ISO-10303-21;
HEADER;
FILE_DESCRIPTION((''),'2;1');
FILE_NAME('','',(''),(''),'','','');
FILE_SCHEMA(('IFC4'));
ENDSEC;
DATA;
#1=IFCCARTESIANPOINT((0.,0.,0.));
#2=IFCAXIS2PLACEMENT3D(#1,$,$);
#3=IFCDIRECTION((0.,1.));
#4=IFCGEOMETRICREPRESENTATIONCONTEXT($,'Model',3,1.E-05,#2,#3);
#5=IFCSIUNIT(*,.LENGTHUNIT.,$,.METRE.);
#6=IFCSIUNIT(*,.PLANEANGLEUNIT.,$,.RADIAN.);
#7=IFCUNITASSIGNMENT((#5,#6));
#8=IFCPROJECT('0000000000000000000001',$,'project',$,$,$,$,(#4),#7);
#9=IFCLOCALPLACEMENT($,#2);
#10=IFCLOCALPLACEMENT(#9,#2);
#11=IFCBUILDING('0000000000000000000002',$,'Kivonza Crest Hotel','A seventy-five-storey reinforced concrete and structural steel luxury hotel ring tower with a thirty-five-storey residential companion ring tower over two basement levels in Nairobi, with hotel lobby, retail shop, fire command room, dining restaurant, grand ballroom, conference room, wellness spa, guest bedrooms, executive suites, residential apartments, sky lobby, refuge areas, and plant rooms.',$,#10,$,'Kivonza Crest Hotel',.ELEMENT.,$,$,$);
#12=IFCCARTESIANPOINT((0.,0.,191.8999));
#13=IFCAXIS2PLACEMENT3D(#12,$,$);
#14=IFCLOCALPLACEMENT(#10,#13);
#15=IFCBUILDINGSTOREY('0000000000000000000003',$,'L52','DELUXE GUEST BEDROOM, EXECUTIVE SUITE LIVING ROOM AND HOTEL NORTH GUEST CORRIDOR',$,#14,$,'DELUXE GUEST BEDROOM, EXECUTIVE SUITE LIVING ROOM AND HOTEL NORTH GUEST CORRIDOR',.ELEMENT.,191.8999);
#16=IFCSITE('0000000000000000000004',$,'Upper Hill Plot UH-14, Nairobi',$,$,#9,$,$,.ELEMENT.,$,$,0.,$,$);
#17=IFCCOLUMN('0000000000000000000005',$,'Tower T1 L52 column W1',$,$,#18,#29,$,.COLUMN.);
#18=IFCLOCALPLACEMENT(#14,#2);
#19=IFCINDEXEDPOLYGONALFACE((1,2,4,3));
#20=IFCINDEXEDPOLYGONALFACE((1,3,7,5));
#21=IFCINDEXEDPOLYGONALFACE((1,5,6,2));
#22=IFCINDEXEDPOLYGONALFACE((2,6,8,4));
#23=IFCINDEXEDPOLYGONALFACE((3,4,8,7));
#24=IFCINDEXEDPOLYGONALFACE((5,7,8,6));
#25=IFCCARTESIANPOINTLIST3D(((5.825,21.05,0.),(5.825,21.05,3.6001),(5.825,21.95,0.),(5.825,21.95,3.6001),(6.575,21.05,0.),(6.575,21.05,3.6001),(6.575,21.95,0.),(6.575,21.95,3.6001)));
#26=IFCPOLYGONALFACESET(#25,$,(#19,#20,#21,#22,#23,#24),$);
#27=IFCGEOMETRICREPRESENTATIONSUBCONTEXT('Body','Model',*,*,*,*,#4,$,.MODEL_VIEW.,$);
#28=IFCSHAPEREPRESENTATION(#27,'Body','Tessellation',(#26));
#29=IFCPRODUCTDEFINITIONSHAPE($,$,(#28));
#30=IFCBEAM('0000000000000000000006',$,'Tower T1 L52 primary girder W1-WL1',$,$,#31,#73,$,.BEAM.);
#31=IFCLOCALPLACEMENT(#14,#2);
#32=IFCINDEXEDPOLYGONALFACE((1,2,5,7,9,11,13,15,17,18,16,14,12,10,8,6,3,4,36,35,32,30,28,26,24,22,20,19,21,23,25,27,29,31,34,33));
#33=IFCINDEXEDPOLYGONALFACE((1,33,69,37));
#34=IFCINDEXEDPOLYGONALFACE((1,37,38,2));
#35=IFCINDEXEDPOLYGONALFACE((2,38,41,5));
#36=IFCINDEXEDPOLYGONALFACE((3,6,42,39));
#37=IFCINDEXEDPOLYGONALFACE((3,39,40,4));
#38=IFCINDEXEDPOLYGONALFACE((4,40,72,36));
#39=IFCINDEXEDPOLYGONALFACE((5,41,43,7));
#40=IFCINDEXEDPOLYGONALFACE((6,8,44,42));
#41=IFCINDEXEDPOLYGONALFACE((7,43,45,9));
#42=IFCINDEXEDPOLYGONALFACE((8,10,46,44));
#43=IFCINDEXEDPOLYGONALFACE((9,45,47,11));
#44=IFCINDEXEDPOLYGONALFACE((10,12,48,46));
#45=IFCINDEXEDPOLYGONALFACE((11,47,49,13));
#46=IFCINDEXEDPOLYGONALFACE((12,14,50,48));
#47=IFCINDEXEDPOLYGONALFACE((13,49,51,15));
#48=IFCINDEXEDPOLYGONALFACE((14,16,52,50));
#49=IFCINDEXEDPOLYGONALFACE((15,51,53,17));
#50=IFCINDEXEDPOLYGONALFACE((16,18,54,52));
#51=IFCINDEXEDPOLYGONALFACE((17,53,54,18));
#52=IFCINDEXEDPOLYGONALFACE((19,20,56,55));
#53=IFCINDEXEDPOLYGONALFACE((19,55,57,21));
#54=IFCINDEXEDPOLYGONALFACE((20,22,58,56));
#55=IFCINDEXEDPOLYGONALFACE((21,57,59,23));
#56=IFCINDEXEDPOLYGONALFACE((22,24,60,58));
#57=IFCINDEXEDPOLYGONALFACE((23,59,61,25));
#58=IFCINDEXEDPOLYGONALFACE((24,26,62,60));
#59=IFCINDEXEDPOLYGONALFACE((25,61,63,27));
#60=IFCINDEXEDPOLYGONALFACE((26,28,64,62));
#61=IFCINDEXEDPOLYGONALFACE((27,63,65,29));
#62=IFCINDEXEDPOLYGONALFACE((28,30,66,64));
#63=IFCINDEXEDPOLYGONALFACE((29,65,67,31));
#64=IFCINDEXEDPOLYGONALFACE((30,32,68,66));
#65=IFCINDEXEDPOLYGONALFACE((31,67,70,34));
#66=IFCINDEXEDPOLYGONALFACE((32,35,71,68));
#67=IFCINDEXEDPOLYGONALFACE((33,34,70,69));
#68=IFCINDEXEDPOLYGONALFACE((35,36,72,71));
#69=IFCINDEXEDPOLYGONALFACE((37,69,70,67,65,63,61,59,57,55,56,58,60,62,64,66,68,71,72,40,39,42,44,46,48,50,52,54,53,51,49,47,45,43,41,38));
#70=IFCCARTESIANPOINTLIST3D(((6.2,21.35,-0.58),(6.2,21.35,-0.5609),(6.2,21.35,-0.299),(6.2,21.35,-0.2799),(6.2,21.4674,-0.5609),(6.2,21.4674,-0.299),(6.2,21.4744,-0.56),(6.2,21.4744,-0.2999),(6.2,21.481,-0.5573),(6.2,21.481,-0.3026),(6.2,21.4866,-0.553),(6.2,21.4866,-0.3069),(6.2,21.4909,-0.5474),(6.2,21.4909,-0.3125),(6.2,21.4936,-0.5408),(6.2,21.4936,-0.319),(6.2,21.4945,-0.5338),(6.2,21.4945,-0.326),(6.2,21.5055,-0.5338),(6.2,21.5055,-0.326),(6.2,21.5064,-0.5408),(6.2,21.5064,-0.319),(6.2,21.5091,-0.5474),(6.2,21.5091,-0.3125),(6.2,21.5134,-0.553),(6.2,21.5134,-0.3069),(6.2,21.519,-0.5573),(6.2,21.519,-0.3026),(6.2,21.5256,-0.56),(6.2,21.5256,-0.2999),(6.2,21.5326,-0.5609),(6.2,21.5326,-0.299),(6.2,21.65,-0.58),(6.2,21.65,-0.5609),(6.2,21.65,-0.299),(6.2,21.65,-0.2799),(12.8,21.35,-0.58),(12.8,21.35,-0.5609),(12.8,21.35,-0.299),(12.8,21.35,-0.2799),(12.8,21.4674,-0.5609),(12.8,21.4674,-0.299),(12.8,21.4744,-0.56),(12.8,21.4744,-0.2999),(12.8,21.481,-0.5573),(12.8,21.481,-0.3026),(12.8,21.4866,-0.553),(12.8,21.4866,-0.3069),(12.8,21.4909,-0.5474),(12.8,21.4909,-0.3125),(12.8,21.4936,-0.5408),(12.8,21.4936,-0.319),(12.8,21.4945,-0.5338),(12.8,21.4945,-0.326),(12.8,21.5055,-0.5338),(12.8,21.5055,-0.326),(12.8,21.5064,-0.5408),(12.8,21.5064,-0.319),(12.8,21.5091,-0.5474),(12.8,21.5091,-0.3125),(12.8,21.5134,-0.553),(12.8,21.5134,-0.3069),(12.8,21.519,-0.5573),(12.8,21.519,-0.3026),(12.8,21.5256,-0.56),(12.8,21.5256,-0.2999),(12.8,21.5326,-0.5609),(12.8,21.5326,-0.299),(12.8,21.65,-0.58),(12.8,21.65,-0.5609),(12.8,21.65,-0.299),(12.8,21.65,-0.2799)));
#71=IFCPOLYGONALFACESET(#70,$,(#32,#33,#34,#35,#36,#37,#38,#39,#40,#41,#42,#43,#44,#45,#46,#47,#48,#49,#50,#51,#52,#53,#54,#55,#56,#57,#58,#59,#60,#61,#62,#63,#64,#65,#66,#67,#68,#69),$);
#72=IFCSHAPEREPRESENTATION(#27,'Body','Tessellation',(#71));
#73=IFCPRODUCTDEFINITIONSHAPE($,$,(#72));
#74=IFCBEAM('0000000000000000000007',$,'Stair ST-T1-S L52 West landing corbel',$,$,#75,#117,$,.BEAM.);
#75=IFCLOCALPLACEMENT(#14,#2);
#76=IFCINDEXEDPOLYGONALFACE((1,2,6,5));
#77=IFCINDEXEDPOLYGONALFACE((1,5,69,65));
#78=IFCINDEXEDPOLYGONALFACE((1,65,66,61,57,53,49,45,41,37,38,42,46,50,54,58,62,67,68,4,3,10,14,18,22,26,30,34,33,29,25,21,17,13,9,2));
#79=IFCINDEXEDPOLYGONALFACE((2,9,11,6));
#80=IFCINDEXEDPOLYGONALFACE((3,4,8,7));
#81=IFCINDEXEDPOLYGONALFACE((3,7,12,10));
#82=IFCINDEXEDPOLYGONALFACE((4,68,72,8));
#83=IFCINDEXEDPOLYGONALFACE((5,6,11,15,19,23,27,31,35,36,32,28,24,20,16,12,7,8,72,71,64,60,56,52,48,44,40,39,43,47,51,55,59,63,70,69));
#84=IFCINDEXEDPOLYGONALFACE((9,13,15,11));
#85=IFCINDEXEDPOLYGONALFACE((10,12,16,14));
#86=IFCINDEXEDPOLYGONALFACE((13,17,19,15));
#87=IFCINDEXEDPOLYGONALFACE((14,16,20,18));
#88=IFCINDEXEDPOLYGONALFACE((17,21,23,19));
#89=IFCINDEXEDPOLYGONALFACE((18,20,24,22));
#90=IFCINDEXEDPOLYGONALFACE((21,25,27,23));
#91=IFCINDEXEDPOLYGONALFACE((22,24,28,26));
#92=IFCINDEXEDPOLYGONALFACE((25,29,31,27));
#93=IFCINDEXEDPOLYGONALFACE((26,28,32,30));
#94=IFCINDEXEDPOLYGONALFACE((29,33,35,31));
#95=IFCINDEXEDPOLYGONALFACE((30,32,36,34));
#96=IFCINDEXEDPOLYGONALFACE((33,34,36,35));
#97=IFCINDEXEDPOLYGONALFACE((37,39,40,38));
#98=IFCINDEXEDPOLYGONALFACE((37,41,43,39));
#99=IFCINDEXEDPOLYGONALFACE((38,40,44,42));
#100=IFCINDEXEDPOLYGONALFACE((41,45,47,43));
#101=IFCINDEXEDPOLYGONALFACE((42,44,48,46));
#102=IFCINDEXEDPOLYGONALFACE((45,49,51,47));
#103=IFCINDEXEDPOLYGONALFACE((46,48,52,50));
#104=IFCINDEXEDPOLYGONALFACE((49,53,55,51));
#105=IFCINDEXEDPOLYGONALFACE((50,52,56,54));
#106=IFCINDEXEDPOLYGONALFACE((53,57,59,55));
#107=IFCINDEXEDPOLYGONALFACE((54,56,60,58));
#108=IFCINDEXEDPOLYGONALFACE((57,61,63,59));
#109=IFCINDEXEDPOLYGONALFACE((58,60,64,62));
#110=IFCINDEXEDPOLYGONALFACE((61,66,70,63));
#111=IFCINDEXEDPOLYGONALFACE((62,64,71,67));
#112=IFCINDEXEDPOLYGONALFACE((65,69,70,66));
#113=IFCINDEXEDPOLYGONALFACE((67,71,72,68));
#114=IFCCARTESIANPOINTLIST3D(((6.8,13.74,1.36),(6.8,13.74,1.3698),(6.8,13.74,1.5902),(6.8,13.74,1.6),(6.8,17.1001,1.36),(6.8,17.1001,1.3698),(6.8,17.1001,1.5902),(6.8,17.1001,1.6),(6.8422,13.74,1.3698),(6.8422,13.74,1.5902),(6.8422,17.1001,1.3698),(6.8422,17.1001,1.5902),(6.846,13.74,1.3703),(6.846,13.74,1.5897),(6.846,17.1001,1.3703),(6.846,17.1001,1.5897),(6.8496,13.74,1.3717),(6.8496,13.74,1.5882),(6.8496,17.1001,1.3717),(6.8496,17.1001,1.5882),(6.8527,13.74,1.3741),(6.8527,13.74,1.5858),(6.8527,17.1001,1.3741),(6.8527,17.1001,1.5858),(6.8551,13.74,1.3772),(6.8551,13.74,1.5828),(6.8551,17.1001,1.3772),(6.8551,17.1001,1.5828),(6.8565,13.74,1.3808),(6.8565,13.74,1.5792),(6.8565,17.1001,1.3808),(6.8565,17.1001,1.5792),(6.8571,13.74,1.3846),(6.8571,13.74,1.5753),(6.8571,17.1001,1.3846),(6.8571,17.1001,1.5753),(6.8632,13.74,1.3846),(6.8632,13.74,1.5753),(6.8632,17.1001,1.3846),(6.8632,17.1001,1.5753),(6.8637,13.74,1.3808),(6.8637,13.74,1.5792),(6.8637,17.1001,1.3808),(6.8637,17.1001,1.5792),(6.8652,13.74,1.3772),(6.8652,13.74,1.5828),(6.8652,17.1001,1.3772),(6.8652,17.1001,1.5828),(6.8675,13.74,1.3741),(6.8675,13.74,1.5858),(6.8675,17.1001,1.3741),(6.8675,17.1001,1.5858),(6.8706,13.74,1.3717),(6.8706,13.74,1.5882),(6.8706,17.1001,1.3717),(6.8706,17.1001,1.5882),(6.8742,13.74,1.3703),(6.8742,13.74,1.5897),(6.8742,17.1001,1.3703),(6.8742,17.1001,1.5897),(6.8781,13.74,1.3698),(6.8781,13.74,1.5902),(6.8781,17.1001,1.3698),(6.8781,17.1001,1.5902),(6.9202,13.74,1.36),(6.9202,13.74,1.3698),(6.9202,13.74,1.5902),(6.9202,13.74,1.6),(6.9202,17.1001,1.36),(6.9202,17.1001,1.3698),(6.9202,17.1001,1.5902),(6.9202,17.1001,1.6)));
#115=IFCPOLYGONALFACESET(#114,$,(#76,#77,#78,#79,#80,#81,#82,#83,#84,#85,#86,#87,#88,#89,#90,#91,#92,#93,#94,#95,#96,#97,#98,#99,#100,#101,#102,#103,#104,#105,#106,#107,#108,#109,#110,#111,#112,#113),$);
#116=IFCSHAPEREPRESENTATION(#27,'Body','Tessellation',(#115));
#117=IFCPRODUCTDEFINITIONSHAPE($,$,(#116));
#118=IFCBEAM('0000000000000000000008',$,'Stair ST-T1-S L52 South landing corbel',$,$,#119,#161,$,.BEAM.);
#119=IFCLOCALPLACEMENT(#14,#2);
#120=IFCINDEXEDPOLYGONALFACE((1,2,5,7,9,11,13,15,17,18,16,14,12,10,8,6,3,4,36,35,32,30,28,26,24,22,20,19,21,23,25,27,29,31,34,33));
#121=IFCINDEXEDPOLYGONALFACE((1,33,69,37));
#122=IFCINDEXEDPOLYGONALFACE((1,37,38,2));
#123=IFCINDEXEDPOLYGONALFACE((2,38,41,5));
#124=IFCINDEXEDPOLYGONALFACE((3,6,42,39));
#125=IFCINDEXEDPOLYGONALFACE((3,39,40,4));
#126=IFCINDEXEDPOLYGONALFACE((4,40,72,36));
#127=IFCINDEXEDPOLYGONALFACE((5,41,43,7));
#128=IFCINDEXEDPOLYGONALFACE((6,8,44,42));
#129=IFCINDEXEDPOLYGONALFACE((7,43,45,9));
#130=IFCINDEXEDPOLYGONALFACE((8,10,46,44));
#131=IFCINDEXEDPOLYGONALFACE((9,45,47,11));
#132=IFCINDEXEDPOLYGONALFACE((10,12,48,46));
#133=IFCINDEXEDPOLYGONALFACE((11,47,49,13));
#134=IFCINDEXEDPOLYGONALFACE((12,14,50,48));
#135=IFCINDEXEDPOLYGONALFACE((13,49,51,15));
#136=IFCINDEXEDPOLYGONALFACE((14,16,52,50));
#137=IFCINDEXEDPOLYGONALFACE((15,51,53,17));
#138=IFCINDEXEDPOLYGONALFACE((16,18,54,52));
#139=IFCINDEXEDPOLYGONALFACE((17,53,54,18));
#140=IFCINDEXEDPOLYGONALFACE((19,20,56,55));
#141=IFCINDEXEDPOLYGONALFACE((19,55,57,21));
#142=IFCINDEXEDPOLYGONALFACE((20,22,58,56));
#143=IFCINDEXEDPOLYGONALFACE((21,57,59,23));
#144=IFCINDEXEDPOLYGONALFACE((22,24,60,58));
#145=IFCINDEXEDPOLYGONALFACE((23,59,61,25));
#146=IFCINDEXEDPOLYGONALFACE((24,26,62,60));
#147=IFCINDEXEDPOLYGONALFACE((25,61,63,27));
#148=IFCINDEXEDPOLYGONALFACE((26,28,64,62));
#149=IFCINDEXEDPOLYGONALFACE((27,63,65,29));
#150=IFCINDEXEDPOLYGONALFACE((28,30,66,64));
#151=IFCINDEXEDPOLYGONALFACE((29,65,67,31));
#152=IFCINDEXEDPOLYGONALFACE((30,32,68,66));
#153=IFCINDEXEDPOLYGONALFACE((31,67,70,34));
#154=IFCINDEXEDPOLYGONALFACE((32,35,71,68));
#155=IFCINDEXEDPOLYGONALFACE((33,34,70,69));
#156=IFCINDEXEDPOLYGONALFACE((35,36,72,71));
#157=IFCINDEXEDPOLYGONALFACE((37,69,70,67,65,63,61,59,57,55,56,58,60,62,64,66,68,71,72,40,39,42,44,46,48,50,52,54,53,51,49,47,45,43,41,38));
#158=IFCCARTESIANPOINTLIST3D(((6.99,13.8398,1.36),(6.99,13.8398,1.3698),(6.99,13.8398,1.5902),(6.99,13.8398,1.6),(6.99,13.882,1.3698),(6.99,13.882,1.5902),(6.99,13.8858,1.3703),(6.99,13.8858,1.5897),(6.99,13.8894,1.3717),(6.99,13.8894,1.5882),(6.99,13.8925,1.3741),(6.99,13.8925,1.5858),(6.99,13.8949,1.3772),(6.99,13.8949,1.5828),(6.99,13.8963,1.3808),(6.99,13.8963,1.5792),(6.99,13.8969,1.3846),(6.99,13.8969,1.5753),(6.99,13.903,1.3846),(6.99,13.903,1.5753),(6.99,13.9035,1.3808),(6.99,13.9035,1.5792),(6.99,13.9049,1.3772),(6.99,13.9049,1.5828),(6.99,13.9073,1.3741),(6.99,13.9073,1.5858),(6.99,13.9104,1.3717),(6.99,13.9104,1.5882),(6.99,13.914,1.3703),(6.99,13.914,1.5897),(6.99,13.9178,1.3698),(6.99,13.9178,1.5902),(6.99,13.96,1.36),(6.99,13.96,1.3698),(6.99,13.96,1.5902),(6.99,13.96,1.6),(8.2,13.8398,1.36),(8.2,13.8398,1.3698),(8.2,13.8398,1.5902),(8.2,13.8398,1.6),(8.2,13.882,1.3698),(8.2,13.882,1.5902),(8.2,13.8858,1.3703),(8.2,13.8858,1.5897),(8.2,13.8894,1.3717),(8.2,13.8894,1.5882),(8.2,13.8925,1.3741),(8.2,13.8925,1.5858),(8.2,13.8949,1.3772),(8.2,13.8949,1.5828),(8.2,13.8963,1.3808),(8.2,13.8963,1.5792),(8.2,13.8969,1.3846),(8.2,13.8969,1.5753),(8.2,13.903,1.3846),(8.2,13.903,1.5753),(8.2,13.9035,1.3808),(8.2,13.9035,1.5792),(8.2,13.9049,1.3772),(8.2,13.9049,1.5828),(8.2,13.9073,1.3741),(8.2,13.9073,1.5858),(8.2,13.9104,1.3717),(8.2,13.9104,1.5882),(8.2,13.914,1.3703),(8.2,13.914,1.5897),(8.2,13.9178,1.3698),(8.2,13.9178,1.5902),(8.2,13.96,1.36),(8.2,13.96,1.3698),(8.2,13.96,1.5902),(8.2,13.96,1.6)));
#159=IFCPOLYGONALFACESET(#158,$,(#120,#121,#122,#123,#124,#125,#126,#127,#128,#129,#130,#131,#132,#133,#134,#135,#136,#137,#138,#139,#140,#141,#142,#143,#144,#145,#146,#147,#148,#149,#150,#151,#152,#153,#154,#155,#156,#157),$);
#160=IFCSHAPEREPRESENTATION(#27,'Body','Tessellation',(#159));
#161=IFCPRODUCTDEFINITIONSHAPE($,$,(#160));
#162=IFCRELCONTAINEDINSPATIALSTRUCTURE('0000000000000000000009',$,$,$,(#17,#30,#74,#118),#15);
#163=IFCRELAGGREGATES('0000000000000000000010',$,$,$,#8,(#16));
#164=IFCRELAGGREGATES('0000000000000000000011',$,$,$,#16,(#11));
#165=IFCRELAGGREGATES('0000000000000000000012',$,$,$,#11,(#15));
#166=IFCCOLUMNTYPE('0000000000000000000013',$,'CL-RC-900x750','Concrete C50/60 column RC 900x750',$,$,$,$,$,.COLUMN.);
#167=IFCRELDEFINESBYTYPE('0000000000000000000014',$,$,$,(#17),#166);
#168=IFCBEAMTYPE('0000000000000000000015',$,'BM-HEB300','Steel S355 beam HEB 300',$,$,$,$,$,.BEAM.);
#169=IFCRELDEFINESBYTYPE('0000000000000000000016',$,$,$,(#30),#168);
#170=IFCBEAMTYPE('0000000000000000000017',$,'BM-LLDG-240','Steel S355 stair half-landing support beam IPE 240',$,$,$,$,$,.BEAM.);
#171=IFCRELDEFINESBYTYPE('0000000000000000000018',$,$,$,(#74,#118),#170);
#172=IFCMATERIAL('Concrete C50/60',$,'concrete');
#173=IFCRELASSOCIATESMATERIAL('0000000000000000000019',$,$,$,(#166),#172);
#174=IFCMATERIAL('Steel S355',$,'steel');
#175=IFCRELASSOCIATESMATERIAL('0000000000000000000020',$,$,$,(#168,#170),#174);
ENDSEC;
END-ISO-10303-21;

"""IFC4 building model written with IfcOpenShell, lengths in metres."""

from ifc_helpers import new_model, si_unit, direction, frame, origin, origin_2d, place, context, subcontext, project, spatial, rectangle, i_section, extrude, material, material_profile, profile_set, type_object, element, save


model = new_model("IFC4")

# Units and contexts
model_context = context("Model", 3, precision=1e-05, world=origin(), true_north=direction((0.0, 1.0)))
body_context = subcontext(model_context, "Body", "Model", "MODEL_VIEW")
ifc_project = project(units=[si_unit("LENGTHUNIT", "METRE"), si_unit("PLANEANGLEUNIT", "RADIAN")], contexts=[model_context])

# Site, building, storey
site_placement = place(None, origin())
site = spatial("IfcSite", under=ifc_project, at=site_placement, Name="Upper Hill Plot UH-14, Nairobi", CompositionType="ELEMENT", RefElevation=0.0)
building_placement = place(site_placement, origin())
building = spatial("IfcBuilding", under=site, at=building_placement, Name="Kivonza Crest Hotel", Description="A seventy-five-storey reinforced concrete and structural steel luxury hotel ring tower with a thirty-five-storey residential companion ring tower over two basement levels in Nairobi, with hotel lobby, retail shop, fire command room, dining restaurant, grand ballroom, conference room, wellness spa, guest bedrooms, executive suites, residential apartments, sky lobby, refuge areas, and plant rooms.", LongName="Kivonza Crest Hotel", CompositionType="ELEMENT")
storey_placement = place(building_placement, frame((0.0, 0.0, 191.8999)))
storey = spatial("IfcBuildingStorey", under=building, at=storey_placement, Name="L52", Description="DELUXE GUEST BEDROOM, EXECUTIVE SUITE LIVING ROOM AND HOTEL NORTH GUEST CORRIDOR", LongName="DELUXE GUEST BEDROOM, EXECUTIVE SUITE LIVING ROOM AND HOTEL NORTH GUEST CORRIDOR", CompositionType="ELEMENT", Elevation=191.8999)

# Column
ifc_material_1 = material(Name="Concrete C50/60", Category="concrete")
ifc_material_profile_1 = material_profile(ifc_material_1, rectangle(XDim=0.75, YDim=0.8999, at=origin_2d()), Name="RC 900x750")
ifc_profile_set_1 = profile_set([ifc_material_profile_1], Name="Concrete C50/60")
column_type = type_object("IfcColumnType", Name="CL-RC-900x750", Description="Concrete C50/60 column RC 900x750", PredefinedType="COLUMN", material=ifc_profile_set_1)
column_placement = place(storey_placement, frame((6.2, 21.5, 0.0), z_axis=(0.0, 0.0, 1.0), x_axis=(1.0, 0.0, 0.0)))
element("IfcColumn", 1, at=column_placement, inside=storey, type_object=column_type, Name="Tower T1 L52 column W1", PredefinedType="COLUMN", context=body_context, shape_type="SweptSolid", body=[
    extrude(rectangle(XDim=0.75, YDim=0.8999, at=origin_2d()), origin(), (0.0, 0.0, 1.0), 3.6001),
])

# Beams
ifc_material_2 = material(Name="Steel S355", Category="steel")
ifc_material_profile_2 = material_profile(ifc_material_2, i_section(OverallWidth=0.3, OverallDepth=0.3, WebThickness=0.011, FlangeThickness=0.019, FilletRadius=0.0271, at=origin_2d()), Name="HEB 300")
ifc_profile_set_2 = profile_set([ifc_material_profile_2], Name="Steel S355")
beam_type_1 = type_object("IfcBeamType", Name="BM-HEB300", Description="Steel S355 beam HEB 300", PredefinedType="BEAM", material=ifc_profile_set_2)
beam_1_placement = place(storey_placement, frame((6.2, 21.5, -0.4299), z_axis=(1.0, 0.0, 0.0), x_axis=(0.0, 1.0, 0.0)))
element("IfcBeam", 2, at=beam_1_placement, inside=storey, type_object=beam_type_1, Name="Tower T1 L52 primary girder W1-WL1", PredefinedType="BEAM", context=body_context, shape_type="SweptSolid", body=[
    extrude(i_section(OverallWidth=0.3, OverallDepth=0.3, WebThickness=0.011, FlangeThickness=0.019, FilletRadius=0.0271, at=origin_2d()), origin(), (0.0, 0.0, 1.0), 6.6001),
])
ifc_material_profile_3 = material_profile(ifc_material_2, i_section(OverallWidth=0.1201, OverallDepth=0.24, WebThickness=0.0061, FlangeThickness=0.0098, FilletRadius=0.0149, at=origin_2d()), Name="IPE 240")
ifc_profile_set_3 = profile_set([ifc_material_profile_3], Name="Steel S355")
beam_type_2 = type_object("IfcBeamType", Name="BM-LLDG-240", Description="Steel S355 stair half-landing support beam IPE 240", PredefinedType="BEAM", material=ifc_profile_set_3)
beam_2_placement = place(storey_placement, frame((6.8601, 13.74, 1.48), z_axis=(0.0, 1.0, 0.0), x_axis=(-1.0, 0.0, 0.0)))
element("IfcBeam", 3, at=beam_2_placement, inside=storey, type_object=beam_type_2, Name="Stair ST-T1-S L52 West landing corbel", PredefinedType="BEAM", context=body_context, shape_type="SweptSolid", body=[
    extrude(i_section(OverallWidth=0.1201, OverallDepth=0.24, WebThickness=0.0061, FlangeThickness=0.0098, FilletRadius=0.0149, at=origin_2d()), origin(), (0.0, 0.0, 1.0), 3.3601),
])
for number, where, z_axis, x_axis, name in (
    (4, (6.99, 13.8999, 1.48), (1.0, 0.0, 0.0), (0.0, 1.0, 0.0), "Stair ST-T1-S L52 South landing corbel"),
):
    element("IfcBeam", number, at=place(storey_placement, frame(where, z_axis=z_axis, x_axis=x_axis)), inside=storey, type_object=beam_type_2, Name=name, PredefinedType="BEAM", context=body_context, shape_type="SweptSolid", body=[
        extrude(i_section(OverallWidth=0.1201, OverallDepth=0.24, WebThickness=0.0061, FlangeThickness=0.0098, FilletRadius=0.0149, at=origin_2d()), origin(), (0.0, 0.0, 1.0), 1.21),
    ])

save(model, "model.ifc")
